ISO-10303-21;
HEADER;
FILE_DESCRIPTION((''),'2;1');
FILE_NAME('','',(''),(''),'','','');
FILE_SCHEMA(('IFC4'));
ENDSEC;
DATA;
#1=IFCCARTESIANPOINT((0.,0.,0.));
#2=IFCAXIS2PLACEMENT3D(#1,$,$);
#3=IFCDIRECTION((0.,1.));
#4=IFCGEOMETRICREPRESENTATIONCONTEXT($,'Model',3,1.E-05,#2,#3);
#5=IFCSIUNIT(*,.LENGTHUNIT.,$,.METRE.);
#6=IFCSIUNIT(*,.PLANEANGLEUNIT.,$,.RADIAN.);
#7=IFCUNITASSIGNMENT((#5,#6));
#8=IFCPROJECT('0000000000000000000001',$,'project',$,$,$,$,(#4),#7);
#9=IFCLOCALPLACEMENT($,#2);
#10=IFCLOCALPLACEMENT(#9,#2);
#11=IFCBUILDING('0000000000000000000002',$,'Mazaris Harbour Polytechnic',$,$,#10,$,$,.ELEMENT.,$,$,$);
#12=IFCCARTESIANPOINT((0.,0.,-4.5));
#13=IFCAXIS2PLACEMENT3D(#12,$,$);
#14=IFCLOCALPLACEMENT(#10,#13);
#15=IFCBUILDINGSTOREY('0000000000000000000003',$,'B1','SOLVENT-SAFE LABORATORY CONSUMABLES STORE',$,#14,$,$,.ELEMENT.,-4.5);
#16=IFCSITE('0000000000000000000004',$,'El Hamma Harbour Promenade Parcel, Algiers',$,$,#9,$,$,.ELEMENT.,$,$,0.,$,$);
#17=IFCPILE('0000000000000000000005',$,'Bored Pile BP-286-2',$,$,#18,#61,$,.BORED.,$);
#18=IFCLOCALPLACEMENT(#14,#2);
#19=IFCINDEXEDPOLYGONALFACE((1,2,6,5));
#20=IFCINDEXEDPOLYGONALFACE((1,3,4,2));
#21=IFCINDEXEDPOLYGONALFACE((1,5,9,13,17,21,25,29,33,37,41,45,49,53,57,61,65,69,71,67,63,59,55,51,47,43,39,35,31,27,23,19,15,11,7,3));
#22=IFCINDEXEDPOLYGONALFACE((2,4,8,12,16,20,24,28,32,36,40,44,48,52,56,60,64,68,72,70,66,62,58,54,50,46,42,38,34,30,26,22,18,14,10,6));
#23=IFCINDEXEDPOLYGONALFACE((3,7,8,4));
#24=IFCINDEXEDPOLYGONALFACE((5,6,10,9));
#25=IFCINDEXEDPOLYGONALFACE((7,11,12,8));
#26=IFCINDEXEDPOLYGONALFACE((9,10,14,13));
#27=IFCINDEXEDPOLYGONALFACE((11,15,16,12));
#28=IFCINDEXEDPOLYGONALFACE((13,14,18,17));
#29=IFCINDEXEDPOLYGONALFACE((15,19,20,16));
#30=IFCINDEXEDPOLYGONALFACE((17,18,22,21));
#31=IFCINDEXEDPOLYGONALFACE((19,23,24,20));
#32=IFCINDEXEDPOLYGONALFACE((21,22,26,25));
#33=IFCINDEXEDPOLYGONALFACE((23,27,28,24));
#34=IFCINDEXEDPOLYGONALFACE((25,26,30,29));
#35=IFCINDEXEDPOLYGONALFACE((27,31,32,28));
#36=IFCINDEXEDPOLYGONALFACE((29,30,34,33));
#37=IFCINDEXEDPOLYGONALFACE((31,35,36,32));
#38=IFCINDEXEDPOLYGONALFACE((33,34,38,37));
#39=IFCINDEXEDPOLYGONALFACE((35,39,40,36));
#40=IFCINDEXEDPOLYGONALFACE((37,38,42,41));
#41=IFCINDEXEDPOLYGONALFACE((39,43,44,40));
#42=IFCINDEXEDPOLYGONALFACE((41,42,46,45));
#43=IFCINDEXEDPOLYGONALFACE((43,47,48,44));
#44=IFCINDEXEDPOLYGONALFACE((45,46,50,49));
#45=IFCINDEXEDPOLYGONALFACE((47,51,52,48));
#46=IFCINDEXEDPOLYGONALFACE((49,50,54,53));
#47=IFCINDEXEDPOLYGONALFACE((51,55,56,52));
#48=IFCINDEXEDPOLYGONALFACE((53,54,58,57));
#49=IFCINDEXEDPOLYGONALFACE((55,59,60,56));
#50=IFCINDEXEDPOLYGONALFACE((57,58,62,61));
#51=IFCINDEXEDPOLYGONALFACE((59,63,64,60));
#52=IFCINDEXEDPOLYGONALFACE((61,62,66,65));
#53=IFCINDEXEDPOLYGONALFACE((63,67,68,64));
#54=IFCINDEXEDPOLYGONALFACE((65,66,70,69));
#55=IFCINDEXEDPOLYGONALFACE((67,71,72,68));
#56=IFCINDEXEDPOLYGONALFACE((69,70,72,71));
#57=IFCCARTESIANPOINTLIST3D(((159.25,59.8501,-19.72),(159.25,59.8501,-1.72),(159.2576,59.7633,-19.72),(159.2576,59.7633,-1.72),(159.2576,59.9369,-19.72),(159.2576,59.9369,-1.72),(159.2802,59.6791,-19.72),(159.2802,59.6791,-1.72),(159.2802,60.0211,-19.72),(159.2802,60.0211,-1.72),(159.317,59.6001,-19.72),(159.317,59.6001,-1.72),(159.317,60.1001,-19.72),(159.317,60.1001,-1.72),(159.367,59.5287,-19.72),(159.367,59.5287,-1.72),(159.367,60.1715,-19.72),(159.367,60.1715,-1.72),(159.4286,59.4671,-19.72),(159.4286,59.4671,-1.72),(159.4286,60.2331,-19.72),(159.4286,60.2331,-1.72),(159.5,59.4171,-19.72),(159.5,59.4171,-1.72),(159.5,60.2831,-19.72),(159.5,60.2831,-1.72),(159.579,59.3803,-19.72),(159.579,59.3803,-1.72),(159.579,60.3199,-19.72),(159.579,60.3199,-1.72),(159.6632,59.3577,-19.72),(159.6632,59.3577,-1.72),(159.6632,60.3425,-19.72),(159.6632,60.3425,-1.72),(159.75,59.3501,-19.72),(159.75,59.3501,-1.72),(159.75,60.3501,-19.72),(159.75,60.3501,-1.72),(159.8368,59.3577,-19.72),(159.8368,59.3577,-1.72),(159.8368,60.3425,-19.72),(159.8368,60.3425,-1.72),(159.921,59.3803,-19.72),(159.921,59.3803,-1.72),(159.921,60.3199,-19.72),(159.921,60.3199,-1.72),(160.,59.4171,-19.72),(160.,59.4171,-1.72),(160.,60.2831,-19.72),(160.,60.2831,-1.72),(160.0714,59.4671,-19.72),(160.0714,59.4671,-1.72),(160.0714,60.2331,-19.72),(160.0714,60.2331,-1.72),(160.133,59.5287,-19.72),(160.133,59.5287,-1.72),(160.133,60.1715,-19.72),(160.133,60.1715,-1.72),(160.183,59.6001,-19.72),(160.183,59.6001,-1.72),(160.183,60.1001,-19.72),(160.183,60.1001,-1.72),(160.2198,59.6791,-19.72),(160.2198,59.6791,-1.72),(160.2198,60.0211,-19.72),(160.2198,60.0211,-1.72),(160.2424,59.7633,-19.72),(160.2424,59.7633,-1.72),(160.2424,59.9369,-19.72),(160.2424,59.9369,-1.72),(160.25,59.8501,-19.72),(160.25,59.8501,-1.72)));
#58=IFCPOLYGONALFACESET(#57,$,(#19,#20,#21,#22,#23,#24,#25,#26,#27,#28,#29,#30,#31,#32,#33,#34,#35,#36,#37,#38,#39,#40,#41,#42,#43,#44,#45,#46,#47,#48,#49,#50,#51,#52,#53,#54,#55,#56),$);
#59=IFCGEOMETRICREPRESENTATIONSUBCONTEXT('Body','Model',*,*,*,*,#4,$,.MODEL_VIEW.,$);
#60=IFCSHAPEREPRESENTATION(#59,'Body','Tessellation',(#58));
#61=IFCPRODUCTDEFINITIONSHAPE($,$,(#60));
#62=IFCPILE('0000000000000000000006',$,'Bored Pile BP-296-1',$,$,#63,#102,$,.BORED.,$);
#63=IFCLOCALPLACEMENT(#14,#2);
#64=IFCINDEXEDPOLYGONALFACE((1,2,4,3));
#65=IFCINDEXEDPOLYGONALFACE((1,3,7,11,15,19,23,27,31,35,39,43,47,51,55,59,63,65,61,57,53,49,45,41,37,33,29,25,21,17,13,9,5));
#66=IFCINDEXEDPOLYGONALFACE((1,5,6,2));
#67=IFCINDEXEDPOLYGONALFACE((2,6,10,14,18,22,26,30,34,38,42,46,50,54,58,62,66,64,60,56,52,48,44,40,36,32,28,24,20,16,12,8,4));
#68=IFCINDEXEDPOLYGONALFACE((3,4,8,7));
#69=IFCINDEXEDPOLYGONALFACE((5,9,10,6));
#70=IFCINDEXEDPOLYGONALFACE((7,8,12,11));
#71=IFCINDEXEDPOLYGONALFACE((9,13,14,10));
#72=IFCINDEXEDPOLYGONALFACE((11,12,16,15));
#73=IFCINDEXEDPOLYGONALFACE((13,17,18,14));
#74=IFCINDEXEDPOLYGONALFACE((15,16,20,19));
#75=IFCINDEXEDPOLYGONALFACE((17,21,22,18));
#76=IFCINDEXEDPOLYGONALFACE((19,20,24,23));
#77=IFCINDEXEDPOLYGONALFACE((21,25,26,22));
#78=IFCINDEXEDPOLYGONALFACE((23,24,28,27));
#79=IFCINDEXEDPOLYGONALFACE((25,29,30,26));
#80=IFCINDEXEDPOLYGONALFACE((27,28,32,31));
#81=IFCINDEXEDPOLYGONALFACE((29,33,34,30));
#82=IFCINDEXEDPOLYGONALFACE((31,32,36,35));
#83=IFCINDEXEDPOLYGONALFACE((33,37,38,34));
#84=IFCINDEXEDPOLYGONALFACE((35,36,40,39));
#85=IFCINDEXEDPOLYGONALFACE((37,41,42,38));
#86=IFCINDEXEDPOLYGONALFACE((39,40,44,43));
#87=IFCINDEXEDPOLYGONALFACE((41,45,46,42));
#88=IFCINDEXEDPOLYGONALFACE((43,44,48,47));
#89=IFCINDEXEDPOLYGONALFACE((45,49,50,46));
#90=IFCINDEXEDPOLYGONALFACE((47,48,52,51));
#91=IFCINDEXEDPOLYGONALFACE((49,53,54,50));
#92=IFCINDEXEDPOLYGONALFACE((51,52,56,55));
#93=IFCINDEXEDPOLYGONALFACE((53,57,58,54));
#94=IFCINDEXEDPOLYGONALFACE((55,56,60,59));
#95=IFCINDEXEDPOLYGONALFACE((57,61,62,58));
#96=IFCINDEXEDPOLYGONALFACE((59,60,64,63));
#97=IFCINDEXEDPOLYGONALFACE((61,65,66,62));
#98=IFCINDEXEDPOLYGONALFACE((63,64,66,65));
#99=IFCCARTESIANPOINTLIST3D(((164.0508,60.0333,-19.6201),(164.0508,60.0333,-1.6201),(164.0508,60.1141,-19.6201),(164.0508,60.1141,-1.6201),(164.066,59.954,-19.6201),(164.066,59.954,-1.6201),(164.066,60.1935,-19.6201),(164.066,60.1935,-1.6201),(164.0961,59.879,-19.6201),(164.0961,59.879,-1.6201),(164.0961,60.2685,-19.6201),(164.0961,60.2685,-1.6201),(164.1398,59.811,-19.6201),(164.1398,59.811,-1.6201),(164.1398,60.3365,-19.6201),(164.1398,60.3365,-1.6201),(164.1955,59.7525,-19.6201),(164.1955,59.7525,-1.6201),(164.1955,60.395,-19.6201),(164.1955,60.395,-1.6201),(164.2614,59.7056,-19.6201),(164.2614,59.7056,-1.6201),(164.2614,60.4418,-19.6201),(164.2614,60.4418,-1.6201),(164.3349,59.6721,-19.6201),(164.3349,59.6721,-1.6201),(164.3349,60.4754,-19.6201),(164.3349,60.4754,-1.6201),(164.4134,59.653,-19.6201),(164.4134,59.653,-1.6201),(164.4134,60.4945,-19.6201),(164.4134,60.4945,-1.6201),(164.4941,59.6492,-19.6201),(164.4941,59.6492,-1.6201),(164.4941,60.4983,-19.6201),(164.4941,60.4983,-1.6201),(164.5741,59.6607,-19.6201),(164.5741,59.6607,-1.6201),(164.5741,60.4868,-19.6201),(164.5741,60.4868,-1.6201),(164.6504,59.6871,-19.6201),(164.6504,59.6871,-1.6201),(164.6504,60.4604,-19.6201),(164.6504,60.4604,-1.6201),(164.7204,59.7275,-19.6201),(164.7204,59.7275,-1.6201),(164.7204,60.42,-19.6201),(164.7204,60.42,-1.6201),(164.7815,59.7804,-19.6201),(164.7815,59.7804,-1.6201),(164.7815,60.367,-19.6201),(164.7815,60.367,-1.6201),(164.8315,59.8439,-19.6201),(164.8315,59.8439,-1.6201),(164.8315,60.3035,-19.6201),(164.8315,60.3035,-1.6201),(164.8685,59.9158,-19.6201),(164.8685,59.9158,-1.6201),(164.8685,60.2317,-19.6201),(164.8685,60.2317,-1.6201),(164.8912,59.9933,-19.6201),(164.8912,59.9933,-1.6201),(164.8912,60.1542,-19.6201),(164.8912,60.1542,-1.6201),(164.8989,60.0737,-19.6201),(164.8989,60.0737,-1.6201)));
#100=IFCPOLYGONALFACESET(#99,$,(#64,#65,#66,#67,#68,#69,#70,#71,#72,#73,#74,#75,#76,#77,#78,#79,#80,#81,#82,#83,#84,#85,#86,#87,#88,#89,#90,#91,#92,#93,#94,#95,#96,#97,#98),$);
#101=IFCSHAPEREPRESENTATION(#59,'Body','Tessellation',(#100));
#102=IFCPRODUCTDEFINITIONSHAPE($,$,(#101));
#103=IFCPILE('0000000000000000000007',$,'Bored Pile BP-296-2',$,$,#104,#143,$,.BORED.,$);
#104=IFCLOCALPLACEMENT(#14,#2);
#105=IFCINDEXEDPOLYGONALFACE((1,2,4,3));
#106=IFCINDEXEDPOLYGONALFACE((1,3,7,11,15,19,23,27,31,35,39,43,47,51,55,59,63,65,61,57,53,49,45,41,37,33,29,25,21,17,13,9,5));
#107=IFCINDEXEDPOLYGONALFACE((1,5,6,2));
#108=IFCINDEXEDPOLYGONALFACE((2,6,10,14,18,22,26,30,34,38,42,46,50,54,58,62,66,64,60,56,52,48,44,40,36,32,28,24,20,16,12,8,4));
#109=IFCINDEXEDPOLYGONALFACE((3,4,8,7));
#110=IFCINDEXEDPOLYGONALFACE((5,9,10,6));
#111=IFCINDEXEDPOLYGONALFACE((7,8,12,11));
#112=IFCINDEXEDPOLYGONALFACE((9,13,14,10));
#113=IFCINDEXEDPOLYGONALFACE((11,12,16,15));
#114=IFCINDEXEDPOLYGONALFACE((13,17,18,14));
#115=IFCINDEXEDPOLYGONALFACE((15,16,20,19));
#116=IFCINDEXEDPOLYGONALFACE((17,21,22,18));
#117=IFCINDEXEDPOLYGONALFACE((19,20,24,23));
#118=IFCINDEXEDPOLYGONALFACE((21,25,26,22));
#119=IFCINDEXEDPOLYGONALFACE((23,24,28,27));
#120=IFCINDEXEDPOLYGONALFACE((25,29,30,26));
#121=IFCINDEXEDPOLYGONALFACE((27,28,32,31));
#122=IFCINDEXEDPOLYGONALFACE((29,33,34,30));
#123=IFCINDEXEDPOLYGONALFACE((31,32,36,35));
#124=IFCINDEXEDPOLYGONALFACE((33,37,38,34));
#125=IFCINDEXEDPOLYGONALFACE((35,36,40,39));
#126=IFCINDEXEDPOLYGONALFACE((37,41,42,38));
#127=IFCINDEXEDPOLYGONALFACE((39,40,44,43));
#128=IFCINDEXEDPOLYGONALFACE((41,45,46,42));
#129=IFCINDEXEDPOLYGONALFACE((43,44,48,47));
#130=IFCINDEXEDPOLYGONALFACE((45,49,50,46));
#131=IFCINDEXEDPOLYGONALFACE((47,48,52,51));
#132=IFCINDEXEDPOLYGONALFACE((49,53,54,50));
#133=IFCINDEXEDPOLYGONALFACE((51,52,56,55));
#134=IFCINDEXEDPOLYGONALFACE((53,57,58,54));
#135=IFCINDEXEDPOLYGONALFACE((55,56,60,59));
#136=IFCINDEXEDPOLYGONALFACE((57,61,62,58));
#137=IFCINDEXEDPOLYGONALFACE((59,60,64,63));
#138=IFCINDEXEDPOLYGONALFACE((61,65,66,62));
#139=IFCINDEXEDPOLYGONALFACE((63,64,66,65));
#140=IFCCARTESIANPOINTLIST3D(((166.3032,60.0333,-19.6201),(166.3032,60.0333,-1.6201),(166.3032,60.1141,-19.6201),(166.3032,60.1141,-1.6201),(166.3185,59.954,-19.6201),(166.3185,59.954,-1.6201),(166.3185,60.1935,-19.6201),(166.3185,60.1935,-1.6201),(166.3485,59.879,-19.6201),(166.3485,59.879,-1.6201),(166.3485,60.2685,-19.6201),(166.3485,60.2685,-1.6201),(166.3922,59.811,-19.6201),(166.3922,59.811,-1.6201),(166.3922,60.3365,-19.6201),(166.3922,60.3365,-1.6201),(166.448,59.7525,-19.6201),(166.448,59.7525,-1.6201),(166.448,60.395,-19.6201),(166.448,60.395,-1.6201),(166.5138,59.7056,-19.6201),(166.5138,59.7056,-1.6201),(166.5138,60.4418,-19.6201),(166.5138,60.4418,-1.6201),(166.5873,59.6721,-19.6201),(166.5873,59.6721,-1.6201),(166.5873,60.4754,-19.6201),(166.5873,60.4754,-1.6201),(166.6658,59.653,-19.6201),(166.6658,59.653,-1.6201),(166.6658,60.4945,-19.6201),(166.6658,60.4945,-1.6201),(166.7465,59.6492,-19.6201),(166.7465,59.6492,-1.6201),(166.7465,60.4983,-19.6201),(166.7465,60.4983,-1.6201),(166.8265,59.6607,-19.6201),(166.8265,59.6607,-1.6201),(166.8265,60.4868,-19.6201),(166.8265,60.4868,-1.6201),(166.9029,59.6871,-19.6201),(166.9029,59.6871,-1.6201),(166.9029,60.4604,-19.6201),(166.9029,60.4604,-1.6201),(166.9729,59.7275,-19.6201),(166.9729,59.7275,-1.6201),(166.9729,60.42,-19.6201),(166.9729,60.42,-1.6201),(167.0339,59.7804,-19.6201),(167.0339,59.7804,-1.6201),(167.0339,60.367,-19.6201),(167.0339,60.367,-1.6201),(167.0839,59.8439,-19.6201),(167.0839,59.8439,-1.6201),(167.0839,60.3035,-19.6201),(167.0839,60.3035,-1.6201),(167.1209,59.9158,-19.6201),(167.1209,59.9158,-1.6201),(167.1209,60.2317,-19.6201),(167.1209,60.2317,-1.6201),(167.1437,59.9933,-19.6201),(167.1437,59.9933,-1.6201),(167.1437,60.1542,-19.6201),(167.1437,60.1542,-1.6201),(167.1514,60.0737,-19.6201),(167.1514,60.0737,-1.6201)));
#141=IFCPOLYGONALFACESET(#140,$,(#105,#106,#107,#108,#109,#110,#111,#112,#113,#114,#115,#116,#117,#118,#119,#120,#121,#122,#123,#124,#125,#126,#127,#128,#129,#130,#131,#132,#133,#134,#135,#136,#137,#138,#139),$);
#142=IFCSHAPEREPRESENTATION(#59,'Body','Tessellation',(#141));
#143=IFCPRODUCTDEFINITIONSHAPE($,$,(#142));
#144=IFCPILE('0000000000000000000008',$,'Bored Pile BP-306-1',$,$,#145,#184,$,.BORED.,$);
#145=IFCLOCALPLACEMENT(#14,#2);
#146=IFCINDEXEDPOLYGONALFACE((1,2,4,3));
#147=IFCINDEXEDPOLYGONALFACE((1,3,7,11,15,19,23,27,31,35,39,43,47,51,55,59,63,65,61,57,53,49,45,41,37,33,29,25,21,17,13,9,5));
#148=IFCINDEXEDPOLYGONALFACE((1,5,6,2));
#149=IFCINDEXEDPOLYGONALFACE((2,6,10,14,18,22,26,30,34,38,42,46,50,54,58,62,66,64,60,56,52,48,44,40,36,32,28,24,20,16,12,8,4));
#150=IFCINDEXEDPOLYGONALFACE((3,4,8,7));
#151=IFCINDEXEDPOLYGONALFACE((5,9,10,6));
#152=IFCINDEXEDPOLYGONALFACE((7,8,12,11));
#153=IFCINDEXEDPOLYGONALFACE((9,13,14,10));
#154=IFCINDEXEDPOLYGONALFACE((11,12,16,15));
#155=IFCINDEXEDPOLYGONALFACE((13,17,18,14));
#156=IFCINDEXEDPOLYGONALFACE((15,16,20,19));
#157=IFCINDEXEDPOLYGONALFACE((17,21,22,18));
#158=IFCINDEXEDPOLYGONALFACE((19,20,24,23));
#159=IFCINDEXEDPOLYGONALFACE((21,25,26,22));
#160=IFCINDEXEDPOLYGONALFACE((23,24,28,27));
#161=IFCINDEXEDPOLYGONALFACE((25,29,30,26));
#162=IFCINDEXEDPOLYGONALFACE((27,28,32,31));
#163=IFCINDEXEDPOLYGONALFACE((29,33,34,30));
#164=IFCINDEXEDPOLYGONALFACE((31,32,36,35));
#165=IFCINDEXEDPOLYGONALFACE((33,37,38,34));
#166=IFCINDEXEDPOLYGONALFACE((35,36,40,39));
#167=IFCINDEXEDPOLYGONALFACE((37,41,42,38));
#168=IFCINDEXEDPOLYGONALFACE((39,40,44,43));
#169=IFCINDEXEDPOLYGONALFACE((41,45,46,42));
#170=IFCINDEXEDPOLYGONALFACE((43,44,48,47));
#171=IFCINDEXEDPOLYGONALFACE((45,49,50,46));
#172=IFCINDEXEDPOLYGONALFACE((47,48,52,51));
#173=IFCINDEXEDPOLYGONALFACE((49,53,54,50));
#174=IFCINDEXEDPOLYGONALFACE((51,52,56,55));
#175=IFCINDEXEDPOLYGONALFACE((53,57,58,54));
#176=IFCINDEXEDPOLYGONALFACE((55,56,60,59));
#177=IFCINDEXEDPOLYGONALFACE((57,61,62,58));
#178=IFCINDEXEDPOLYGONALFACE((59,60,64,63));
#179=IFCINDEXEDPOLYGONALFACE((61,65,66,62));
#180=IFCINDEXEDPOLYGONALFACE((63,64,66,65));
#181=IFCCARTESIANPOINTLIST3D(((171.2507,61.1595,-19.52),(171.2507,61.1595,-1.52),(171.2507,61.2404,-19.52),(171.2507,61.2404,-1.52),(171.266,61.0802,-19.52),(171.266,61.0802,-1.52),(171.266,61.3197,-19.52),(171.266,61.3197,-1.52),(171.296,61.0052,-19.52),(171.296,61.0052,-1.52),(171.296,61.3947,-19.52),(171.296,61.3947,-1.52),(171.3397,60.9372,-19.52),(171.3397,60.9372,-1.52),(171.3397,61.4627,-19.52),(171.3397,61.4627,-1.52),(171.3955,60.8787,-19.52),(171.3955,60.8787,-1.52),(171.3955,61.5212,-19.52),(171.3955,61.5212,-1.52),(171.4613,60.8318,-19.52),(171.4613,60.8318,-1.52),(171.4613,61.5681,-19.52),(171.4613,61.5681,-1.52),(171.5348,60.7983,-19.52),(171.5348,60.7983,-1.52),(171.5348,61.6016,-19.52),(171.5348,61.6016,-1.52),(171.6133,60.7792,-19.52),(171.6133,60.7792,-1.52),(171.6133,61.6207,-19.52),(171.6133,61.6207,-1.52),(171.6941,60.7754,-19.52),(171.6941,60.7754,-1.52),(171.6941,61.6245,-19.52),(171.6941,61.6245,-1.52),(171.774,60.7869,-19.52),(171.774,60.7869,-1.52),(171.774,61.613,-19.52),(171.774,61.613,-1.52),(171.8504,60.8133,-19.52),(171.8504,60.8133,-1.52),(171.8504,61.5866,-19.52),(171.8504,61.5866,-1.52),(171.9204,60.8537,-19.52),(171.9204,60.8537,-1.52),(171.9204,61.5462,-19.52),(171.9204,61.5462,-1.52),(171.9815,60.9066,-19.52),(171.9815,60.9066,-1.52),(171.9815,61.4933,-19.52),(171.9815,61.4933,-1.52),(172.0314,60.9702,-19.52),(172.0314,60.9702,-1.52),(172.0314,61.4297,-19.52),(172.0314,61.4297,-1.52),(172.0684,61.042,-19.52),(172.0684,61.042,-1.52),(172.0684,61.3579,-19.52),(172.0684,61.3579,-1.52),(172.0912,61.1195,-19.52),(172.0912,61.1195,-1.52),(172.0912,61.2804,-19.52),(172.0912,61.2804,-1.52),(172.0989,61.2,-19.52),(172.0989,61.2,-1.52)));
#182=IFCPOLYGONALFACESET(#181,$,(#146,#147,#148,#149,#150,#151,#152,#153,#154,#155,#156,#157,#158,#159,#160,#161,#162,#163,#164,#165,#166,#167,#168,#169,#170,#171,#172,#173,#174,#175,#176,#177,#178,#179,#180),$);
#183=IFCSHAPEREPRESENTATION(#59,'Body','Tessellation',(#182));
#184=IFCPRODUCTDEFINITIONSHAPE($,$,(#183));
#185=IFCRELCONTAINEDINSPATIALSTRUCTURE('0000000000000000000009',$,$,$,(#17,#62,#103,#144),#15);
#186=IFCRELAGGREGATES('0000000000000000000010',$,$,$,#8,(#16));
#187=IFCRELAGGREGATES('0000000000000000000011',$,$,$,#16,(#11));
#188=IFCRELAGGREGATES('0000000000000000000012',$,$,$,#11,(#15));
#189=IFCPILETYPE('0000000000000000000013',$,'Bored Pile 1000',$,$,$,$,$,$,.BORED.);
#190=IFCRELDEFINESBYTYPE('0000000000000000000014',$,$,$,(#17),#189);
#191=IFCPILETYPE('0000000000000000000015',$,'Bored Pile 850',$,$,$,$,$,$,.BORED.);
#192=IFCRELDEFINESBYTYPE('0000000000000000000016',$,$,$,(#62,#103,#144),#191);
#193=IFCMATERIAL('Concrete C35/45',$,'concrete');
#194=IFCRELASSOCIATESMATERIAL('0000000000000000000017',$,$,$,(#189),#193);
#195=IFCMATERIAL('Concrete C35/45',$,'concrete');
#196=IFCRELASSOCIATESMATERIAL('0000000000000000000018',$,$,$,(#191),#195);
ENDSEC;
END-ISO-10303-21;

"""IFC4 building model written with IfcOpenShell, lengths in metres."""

from ifc_helpers import new_model, si_unit, direction, frame, origin, origin_2d, place, context, subcontext, project, spatial, circle, extrude, material, material_profile, profile_set, type_object, element, save


model = new_model("IFC4")

# Units and contexts
model_context = context("Model", 3, precision=1e-05, world=origin(), true_north=direction((0.0, 1.0)))
body_context = subcontext(model_context, "Body", "Model", "MODEL_VIEW")
ifc_project = project(units=[si_unit("LENGTHUNIT", "METRE"), si_unit("PLANEANGLEUNIT", "RADIAN")], contexts=[model_context])

# Site, building, storey
site_placement = place(None, origin())
site = spatial("IfcSite", under=ifc_project, at=site_placement, Name="El Hamma Harbour Promenade Parcel, Algiers", CompositionType="ELEMENT", RefElevation=0.0)
building_placement = place(site_placement, origin())
building = spatial("IfcBuilding", under=site, at=building_placement, Name="Mazaris Harbour Polytechnic", CompositionType="ELEMENT")
storey_placement = place(building_placement, frame((0.0, 0.0, -4.5)))
storey = spatial("IfcBuildingStorey", under=building, at=storey_placement, Name="B1", Description="SOLVENT-SAFE LABORATORY CONSUMABLES STORE", CompositionType="ELEMENT", Elevation=-4.5)

# Piles
ifc_material_1 = material(Name="Concrete C35/45", Category="concrete")
ifc_material_profile_1 = material_profile(ifc_material_1, circle(Radius=0.5, at=origin_2d()), Name="DIA1000")
ifc_profile_set_1 = profile_set([ifc_material_profile_1], Name="Concrete C35/45")
pile_type_1 = type_object("IfcPileType", Name="Bored Pile 1000", PredefinedType="BORED", material=ifc_profile_set_1)
pile_1_placement = place(storey_placement, frame((159.75, 59.8501, -1.72), z_axis=(0.0, 0.0, -1.0), x_axis=(1.0, 0.0, 0.0)))
element("IfcPile", 1, at=pile_1_placement, inside=storey, type_object=pile_type_1, Name="Bored Pile BP-286-2", PredefinedType="BORED", context=body_context, shape_type="SweptSolid", body=[
    extrude(circle(Radius=0.5, at=origin_2d()), origin(), (0.0, 0.0, 1.0), 18.0),
])
ifc_material_2 = material(Name="Concrete C35/45", Category="concrete")
ifc_material_profile_2 = material_profile(ifc_material_2, circle(Radius=0.425, at=origin_2d()), Name="DIA850")
ifc_profile_set_2 = profile_set([ifc_material_profile_2], Name="Concrete C35/45")
pile_type_2 = type_object("IfcPileType", Name="Bored Pile 850", PredefinedType="BORED", material=ifc_profile_set_2)
for number, where, z_axis, x_axis, name in (
    (2, (164.4739, 60.0737, -1.6201), (0.0, 0.0, -1.0), (1.0, 0.0, 0.0), "Bored Pile BP-296-1"),
    (3, (166.7263, 60.0737, -1.6201), (0.0, 0.0, -1.0), (1.0, 0.0, 0.0), "Bored Pile BP-296-2"),
    (4, (171.6738, 61.2, -1.52), (0.0, 0.0, -1.0), (1.0, 0.0, 0.0), "Bored Pile BP-306-1"),
):
    element("IfcPile", number, at=place(storey_placement, frame(where, z_axis=z_axis, x_axis=x_axis)), inside=storey, type_object=pile_type_2, Name=name, PredefinedType="BORED", context=body_context, shape_type="SweptSolid", body=[
        extrude(circle(Radius=0.425, at=origin_2d()), origin(), (0.0, 0.0, 1.0), 18.0),
    ])

save(model, "model.ifc")
